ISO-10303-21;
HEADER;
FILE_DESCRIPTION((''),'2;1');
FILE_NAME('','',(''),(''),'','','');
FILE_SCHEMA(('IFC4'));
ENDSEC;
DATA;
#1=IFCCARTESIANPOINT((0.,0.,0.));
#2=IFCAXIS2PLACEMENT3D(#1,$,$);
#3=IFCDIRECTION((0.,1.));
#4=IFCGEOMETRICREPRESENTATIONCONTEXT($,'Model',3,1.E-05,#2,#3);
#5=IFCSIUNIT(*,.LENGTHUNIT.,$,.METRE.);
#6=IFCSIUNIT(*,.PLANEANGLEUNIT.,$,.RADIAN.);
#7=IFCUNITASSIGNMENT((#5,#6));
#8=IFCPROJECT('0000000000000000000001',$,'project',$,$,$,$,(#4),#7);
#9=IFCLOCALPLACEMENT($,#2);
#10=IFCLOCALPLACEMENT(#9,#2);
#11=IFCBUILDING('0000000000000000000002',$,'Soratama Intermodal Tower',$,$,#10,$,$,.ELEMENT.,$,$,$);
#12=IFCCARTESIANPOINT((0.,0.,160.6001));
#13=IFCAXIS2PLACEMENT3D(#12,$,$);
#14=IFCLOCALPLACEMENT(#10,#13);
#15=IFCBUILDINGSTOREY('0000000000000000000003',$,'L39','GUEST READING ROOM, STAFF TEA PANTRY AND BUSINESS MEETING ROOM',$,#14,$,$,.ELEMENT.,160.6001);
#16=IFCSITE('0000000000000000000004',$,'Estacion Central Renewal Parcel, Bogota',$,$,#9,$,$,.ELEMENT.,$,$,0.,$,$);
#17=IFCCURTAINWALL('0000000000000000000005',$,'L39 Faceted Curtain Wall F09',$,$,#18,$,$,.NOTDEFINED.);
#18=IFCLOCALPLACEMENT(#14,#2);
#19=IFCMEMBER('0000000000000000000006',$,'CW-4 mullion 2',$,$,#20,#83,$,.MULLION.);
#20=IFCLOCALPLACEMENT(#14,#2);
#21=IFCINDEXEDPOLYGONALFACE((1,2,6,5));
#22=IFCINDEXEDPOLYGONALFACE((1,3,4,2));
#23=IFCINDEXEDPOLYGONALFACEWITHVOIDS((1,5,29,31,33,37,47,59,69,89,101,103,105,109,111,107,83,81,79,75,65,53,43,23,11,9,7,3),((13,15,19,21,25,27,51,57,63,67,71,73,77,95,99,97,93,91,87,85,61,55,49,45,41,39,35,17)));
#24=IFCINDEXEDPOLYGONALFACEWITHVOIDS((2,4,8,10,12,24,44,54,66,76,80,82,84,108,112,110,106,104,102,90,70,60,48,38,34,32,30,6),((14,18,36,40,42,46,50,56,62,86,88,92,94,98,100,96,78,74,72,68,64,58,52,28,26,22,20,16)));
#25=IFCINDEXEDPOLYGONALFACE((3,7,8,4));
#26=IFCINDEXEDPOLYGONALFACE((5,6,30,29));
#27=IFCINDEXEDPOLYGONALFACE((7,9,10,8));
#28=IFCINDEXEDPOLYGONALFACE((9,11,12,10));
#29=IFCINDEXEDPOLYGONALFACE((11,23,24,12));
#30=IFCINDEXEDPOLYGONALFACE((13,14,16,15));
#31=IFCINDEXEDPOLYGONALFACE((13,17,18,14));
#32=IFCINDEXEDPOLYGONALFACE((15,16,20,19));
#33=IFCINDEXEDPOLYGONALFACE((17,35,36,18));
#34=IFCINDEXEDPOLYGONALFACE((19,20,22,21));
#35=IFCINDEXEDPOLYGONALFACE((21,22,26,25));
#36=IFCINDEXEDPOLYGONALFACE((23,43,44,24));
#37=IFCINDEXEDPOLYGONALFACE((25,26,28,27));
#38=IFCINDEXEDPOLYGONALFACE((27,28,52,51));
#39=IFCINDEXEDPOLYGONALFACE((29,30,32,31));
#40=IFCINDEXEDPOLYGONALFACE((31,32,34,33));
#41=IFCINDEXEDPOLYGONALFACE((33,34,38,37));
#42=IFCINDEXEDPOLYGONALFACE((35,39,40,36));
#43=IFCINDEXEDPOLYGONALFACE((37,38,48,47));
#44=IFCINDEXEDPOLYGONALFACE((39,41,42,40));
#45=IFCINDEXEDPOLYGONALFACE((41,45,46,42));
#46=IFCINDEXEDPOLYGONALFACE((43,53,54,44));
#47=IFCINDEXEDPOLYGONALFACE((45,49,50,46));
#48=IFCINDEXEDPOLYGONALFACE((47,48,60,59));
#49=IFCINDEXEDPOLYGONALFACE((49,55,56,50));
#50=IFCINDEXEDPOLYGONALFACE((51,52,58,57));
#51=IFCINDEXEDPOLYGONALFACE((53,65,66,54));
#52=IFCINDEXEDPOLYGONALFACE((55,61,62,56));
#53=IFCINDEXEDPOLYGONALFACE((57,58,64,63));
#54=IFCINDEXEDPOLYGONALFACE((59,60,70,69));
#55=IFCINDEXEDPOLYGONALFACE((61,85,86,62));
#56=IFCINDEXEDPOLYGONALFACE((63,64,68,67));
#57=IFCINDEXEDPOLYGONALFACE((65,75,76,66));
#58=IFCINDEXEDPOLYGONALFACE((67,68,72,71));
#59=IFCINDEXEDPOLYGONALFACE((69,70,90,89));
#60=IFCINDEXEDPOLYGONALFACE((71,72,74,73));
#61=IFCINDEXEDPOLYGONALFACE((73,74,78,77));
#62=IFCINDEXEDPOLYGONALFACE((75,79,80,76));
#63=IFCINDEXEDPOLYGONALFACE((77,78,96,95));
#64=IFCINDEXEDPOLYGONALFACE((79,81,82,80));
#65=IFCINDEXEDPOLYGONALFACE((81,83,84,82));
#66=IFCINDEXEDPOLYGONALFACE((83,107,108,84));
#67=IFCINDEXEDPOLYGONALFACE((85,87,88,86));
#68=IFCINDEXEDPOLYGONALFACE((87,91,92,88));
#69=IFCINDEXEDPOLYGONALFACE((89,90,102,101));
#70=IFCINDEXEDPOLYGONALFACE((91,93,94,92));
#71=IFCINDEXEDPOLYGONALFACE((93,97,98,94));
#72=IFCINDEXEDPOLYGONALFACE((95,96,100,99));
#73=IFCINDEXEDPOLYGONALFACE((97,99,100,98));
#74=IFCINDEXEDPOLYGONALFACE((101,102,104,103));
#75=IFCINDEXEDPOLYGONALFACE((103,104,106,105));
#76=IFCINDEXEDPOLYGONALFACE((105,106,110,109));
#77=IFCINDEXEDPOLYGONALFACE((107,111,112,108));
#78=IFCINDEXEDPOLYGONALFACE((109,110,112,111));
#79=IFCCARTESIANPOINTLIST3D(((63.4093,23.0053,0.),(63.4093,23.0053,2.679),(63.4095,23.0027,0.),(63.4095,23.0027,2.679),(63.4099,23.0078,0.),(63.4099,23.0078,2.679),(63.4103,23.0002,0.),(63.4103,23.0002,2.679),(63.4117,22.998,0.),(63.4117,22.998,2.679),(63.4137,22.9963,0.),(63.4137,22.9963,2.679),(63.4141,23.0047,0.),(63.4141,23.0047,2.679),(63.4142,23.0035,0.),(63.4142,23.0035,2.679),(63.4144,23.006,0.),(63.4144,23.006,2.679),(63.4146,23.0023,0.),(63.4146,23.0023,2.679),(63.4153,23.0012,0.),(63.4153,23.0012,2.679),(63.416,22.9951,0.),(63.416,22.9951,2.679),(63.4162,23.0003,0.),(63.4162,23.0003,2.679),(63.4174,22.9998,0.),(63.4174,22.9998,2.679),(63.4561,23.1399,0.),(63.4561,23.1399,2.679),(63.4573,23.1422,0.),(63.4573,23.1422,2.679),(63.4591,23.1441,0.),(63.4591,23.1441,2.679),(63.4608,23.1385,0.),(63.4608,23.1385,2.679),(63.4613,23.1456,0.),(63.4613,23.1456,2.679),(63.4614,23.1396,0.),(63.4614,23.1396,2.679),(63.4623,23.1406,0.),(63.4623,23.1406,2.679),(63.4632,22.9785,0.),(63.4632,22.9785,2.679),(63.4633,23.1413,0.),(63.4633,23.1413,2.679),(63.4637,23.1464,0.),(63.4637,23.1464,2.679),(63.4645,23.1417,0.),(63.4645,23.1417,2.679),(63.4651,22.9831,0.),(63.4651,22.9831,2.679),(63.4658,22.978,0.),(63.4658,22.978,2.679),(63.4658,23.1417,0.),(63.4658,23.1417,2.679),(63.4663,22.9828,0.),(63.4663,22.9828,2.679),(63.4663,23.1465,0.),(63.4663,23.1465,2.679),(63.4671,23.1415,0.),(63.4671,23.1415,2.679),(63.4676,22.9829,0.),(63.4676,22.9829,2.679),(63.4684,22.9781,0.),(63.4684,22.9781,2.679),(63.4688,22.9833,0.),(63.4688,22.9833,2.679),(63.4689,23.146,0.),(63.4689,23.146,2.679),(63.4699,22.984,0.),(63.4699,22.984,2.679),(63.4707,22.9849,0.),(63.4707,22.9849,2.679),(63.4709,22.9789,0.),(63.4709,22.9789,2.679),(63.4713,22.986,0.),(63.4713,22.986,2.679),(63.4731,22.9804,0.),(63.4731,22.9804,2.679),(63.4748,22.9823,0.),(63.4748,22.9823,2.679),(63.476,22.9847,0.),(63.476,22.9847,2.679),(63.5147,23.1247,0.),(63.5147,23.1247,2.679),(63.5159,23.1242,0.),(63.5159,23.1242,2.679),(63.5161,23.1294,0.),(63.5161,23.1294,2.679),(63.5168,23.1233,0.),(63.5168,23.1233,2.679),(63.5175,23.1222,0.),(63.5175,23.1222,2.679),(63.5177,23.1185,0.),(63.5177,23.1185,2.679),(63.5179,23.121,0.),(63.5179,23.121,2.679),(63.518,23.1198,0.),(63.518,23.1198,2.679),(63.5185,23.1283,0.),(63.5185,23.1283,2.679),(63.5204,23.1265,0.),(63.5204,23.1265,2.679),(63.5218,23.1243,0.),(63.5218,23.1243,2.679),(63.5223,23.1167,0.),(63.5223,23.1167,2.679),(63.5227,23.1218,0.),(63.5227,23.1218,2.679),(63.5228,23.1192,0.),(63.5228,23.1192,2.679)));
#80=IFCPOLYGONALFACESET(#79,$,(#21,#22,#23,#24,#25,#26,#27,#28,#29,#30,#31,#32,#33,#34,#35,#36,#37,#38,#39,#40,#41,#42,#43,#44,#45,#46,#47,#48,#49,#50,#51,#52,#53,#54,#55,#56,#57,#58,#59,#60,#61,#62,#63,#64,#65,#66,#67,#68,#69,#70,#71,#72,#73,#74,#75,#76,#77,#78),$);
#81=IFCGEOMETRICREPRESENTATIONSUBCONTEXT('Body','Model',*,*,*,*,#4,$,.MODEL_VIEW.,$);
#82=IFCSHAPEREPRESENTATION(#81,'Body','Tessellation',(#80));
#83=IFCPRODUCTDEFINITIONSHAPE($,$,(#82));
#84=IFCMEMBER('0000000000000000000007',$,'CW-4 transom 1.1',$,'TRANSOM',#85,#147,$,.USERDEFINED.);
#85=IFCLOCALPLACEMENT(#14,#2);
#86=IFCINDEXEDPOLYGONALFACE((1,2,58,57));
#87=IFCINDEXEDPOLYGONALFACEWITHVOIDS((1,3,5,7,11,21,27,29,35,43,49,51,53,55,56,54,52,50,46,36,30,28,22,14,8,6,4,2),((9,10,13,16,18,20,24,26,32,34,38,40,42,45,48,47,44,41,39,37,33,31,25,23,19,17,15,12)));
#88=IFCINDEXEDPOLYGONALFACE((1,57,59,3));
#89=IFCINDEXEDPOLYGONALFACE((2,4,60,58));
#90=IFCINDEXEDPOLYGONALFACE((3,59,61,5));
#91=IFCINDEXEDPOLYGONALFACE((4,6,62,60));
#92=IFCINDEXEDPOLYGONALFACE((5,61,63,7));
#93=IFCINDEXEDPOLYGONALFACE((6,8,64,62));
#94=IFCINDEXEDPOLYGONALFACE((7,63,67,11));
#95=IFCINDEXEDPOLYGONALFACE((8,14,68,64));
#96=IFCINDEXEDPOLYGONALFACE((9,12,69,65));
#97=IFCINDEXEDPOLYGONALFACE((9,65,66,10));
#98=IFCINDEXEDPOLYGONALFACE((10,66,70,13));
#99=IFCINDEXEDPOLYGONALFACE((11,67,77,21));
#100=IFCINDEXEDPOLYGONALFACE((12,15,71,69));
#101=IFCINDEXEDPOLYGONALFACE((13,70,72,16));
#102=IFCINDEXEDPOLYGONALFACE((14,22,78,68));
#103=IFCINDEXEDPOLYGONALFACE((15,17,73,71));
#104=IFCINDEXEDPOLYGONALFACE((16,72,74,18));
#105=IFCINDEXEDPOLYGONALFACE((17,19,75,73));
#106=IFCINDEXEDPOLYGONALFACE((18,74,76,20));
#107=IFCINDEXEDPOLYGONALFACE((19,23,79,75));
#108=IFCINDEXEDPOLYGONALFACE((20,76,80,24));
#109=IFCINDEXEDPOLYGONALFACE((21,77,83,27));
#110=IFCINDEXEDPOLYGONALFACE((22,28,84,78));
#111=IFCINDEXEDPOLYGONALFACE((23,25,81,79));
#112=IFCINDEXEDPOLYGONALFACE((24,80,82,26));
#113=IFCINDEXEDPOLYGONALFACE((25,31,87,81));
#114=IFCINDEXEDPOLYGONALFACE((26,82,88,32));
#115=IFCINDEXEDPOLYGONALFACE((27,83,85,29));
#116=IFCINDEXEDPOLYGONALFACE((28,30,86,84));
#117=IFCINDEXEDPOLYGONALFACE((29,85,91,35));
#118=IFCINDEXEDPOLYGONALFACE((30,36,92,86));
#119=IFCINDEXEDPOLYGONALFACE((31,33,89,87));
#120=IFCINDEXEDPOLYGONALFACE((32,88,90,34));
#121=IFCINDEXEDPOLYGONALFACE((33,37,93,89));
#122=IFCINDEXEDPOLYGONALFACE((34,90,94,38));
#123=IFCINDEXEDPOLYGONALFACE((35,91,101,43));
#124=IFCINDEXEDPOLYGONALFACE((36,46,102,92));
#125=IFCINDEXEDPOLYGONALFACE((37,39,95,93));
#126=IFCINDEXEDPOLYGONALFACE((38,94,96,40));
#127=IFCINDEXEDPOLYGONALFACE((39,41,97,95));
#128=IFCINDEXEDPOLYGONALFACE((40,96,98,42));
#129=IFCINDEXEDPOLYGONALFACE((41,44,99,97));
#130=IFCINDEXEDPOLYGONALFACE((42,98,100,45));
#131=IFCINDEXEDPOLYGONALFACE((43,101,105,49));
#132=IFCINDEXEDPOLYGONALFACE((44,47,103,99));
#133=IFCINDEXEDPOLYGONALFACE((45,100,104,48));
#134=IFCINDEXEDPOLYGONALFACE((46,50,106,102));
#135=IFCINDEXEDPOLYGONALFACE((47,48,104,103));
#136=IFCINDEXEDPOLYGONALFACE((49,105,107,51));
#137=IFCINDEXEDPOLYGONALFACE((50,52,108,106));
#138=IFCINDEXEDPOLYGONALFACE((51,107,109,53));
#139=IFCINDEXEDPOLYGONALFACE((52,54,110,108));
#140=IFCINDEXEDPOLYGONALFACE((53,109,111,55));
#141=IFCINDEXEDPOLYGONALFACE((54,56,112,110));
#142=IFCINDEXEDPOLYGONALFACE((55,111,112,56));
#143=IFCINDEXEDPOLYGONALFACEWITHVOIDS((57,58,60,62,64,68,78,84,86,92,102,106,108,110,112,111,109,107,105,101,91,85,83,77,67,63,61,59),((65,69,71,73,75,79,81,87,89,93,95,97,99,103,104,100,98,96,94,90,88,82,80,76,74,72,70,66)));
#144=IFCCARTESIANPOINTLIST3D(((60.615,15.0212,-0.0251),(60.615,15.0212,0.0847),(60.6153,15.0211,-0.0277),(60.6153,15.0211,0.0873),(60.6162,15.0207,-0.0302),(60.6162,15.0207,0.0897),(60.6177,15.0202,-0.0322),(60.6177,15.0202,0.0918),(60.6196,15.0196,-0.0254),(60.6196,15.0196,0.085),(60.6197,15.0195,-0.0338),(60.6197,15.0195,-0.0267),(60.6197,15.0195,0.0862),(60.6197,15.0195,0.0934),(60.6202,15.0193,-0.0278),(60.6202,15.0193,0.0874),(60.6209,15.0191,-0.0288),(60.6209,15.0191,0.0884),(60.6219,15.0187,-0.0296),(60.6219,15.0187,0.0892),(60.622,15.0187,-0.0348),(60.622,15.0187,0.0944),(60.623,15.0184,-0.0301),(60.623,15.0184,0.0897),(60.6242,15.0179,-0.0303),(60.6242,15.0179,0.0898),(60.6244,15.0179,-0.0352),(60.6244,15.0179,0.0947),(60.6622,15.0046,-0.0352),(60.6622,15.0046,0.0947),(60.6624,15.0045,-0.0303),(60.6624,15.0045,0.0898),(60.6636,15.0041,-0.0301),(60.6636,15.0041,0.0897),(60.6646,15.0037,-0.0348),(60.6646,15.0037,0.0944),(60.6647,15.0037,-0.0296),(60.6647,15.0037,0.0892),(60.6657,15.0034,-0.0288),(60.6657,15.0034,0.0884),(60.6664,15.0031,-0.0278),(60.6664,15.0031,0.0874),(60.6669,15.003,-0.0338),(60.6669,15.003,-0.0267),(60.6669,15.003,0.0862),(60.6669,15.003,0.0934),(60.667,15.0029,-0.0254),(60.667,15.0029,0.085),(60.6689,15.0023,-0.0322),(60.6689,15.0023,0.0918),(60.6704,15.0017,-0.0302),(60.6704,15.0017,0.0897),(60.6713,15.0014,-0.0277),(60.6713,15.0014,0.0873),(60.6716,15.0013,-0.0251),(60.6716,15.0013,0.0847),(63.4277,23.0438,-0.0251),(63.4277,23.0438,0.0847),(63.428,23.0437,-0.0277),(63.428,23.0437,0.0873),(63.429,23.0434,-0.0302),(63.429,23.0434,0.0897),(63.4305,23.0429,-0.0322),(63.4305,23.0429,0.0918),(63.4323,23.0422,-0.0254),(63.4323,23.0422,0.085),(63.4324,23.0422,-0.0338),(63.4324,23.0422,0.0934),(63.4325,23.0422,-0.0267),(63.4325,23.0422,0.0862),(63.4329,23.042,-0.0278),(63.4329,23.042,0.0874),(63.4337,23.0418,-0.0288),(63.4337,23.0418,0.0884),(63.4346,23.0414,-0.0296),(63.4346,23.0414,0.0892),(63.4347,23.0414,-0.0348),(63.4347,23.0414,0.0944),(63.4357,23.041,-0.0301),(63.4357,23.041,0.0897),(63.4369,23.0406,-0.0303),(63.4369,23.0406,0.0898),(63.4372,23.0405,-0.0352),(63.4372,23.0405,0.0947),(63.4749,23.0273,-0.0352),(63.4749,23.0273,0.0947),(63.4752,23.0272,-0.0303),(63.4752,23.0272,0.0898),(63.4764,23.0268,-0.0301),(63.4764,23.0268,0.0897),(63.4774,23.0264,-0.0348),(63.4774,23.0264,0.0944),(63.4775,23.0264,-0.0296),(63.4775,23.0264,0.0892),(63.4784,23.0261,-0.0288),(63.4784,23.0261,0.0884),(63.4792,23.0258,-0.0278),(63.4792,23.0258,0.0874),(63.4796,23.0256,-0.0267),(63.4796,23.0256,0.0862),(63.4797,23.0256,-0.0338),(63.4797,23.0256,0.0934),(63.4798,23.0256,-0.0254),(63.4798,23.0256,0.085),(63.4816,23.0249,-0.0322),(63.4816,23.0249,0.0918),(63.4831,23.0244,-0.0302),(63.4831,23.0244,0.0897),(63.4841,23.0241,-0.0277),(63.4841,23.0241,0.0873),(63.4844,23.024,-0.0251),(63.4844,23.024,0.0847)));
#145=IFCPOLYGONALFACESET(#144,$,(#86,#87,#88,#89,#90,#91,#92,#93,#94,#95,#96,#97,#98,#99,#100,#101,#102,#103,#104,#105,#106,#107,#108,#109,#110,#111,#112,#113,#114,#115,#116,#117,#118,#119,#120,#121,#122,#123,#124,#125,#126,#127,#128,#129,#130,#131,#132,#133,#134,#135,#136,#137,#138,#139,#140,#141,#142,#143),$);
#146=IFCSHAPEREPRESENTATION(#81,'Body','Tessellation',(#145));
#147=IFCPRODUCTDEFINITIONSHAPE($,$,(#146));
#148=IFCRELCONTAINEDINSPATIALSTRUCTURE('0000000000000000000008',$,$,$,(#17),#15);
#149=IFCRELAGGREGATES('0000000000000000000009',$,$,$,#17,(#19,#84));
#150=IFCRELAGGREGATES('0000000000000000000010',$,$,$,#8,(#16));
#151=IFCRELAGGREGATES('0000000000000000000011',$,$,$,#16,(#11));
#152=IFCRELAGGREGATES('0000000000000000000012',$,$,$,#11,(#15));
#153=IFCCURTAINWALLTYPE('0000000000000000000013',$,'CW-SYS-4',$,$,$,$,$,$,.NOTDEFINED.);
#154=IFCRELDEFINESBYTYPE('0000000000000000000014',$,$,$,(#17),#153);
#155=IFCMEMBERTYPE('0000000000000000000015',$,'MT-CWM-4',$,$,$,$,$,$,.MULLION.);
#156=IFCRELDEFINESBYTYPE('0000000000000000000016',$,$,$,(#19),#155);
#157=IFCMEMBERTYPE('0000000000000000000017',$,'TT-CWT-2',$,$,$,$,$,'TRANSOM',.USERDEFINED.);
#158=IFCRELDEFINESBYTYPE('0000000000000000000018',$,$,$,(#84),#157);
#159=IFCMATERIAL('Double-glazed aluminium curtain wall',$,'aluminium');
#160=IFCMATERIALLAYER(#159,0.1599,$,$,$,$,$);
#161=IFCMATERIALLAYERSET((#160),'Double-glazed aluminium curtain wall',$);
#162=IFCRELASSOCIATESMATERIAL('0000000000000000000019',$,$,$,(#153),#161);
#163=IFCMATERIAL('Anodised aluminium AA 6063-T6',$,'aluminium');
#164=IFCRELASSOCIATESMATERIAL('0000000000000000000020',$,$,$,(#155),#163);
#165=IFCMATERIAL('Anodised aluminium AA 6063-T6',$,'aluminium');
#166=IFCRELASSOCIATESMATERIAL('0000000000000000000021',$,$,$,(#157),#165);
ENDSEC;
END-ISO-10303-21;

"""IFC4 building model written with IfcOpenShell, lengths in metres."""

from ifc_helpers import new_model, si_unit, direction, frame, origin, origin_2d, place, context, subcontext, project, spatial, hollow_rectangle, extrude, material, layer, layer_set, material_profile, profile_set, type_object, element, aggregate, save


model = new_model("IFC4")

# Units and contexts
model_context = context("Model", 3, precision=1e-05, world=origin(), true_north=direction((0.0, 1.0)))
body_context = subcontext(model_context, "Body", "Model", "MODEL_VIEW")
ifc_project = project(units=[si_unit("LENGTHUNIT", "METRE"), si_unit("PLANEANGLEUNIT", "RADIAN")], contexts=[model_context])

# Site, building, storey
site_placement = place(None, origin())
site = spatial("IfcSite", under=ifc_project, at=site_placement, Name="Estacion Central Renewal Parcel, Bogota", CompositionType="ELEMENT", RefElevation=0.0)
building_placement = place(site_placement, origin())
building = spatial("IfcBuilding", under=site, at=building_placement, Name="Soratama Intermodal Tower", CompositionType="ELEMENT")
storey_placement = place(building_placement, frame((0.0, 0.0, 160.6001)))
storey = spatial("IfcBuildingStorey", under=building, at=storey_placement, Name="L39", Description="GUEST READING ROOM, STAFF TEA PANTRY AND BUSINESS MEETING ROOM", CompositionType="ELEMENT", Elevation=160.6001)

# Curtain wall, members
ifc_material_1 = material(Name="Double-glazed aluminium curtain wall", Category="aluminium")
ifc_layer_1 = layer(ifc_material_1, 0.1599)
ifc_layer_set_1 = layer_set([ifc_layer_1], Name="Double-glazed aluminium curtain wall")
curtain_wall_type = type_object("IfcCurtainWallType", Name="CW-SYS-4", PredefinedType="NOTDEFINED", material=ifc_layer_set_1)
curtain_wall_placement = place(storey_placement, origin())
curtain_wall = element("IfcCurtainWall", 1, at=curtain_wall_placement, inside=storey, type_object=curtain_wall_type, Name="L39 Faceted Curtain Wall F09", PredefinedType="NOTDEFINED")
ifc_material_2 = material(Name="Anodised aluminium AA 6063-T6", Category="aluminium")
ifc_material_profile_1 = material_profile(ifc_material_2, hollow_rectangle(XDim=0.0701, YDim=0.1599, WallThickness=0.0049, InnerFilletRadius=0.0049, OuterFilletRadius=0.01, at=origin_2d()), Name="CWM160X70X5")
ifc_profile_set_1 = profile_set([ifc_material_profile_1], Name="Anodised aluminium AA 6063-T6")
member_type_1 = type_object("IfcMemberType", Name="MT-CWM-4", PredefinedType="MULLION", material=ifc_profile_set_1)
member_1_placement = place(storey_placement, frame((63.4661, 23.0623, 0.0), z_axis=(0.0, 0.0, 1.0), x_axis=(-0.943685, 0.330846, 0.0)))
member_1 = element("IfcMember", 2, at=member_1_placement, type_object=member_type_1, Name="CW-4 mullion 2", PredefinedType="MULLION", context=body_context, shape_type="SweptSolid", body=[
    extrude(hollow_rectangle(XDim=0.0701, YDim=0.1599, WallThickness=0.0049, InnerFilletRadius=0.0049, OuterFilletRadius=0.01, at=origin_2d()), origin(), (0.0, 0.0, 1.0), 2.679),
])
ifc_material_3 = material(Name="Anodised aluminium AA 6063-T6", Category="aluminium")
ifc_material_profile_2 = material_profile(ifc_material_3, hollow_rectangle(XDim=0.0601, YDim=0.1299, WallThickness=0.0049, InnerFilletRadius=0.0049, OuterFilletRadius=0.01, at=origin_2d()), Name="CWT130X60X5")
ifc_profile_set_2 = profile_set([ifc_material_profile_2], Name="Anodised aluminium AA 6063-T6")
member_type_2 = type_object("IfcMemberType", Name="TT-CWT-2", ElementType="TRANSOM", PredefinedType="USERDEFINED", material=ifc_profile_set_2)
member_2_placement = place(storey_placement, frame((60.6433, 15.0112, 0.0298), z_axis=(0.330853, 0.943682, 0.0), x_axis=(-0.943682, 0.330853, 0.0)))
member_2 = element("IfcMember", 3, at=member_2_placement, type_object=member_type_2, Name="CW-4 transom 1.1", ObjectType="TRANSOM", PredefinedType="USERDEFINED", context=body_context, shape_type="SweptSolid", body=[
    extrude(hollow_rectangle(XDim=0.0601, YDim=0.1299, WallThickness=0.0049, InnerFilletRadius=0.0049, OuterFilletRadius=0.01, at=origin_2d()), origin(), (0.0, 0.0, 1.0), 8.5015),
])
aggregate(curtain_wall, [member_1, member_2])

save(model, "model.ifc")
